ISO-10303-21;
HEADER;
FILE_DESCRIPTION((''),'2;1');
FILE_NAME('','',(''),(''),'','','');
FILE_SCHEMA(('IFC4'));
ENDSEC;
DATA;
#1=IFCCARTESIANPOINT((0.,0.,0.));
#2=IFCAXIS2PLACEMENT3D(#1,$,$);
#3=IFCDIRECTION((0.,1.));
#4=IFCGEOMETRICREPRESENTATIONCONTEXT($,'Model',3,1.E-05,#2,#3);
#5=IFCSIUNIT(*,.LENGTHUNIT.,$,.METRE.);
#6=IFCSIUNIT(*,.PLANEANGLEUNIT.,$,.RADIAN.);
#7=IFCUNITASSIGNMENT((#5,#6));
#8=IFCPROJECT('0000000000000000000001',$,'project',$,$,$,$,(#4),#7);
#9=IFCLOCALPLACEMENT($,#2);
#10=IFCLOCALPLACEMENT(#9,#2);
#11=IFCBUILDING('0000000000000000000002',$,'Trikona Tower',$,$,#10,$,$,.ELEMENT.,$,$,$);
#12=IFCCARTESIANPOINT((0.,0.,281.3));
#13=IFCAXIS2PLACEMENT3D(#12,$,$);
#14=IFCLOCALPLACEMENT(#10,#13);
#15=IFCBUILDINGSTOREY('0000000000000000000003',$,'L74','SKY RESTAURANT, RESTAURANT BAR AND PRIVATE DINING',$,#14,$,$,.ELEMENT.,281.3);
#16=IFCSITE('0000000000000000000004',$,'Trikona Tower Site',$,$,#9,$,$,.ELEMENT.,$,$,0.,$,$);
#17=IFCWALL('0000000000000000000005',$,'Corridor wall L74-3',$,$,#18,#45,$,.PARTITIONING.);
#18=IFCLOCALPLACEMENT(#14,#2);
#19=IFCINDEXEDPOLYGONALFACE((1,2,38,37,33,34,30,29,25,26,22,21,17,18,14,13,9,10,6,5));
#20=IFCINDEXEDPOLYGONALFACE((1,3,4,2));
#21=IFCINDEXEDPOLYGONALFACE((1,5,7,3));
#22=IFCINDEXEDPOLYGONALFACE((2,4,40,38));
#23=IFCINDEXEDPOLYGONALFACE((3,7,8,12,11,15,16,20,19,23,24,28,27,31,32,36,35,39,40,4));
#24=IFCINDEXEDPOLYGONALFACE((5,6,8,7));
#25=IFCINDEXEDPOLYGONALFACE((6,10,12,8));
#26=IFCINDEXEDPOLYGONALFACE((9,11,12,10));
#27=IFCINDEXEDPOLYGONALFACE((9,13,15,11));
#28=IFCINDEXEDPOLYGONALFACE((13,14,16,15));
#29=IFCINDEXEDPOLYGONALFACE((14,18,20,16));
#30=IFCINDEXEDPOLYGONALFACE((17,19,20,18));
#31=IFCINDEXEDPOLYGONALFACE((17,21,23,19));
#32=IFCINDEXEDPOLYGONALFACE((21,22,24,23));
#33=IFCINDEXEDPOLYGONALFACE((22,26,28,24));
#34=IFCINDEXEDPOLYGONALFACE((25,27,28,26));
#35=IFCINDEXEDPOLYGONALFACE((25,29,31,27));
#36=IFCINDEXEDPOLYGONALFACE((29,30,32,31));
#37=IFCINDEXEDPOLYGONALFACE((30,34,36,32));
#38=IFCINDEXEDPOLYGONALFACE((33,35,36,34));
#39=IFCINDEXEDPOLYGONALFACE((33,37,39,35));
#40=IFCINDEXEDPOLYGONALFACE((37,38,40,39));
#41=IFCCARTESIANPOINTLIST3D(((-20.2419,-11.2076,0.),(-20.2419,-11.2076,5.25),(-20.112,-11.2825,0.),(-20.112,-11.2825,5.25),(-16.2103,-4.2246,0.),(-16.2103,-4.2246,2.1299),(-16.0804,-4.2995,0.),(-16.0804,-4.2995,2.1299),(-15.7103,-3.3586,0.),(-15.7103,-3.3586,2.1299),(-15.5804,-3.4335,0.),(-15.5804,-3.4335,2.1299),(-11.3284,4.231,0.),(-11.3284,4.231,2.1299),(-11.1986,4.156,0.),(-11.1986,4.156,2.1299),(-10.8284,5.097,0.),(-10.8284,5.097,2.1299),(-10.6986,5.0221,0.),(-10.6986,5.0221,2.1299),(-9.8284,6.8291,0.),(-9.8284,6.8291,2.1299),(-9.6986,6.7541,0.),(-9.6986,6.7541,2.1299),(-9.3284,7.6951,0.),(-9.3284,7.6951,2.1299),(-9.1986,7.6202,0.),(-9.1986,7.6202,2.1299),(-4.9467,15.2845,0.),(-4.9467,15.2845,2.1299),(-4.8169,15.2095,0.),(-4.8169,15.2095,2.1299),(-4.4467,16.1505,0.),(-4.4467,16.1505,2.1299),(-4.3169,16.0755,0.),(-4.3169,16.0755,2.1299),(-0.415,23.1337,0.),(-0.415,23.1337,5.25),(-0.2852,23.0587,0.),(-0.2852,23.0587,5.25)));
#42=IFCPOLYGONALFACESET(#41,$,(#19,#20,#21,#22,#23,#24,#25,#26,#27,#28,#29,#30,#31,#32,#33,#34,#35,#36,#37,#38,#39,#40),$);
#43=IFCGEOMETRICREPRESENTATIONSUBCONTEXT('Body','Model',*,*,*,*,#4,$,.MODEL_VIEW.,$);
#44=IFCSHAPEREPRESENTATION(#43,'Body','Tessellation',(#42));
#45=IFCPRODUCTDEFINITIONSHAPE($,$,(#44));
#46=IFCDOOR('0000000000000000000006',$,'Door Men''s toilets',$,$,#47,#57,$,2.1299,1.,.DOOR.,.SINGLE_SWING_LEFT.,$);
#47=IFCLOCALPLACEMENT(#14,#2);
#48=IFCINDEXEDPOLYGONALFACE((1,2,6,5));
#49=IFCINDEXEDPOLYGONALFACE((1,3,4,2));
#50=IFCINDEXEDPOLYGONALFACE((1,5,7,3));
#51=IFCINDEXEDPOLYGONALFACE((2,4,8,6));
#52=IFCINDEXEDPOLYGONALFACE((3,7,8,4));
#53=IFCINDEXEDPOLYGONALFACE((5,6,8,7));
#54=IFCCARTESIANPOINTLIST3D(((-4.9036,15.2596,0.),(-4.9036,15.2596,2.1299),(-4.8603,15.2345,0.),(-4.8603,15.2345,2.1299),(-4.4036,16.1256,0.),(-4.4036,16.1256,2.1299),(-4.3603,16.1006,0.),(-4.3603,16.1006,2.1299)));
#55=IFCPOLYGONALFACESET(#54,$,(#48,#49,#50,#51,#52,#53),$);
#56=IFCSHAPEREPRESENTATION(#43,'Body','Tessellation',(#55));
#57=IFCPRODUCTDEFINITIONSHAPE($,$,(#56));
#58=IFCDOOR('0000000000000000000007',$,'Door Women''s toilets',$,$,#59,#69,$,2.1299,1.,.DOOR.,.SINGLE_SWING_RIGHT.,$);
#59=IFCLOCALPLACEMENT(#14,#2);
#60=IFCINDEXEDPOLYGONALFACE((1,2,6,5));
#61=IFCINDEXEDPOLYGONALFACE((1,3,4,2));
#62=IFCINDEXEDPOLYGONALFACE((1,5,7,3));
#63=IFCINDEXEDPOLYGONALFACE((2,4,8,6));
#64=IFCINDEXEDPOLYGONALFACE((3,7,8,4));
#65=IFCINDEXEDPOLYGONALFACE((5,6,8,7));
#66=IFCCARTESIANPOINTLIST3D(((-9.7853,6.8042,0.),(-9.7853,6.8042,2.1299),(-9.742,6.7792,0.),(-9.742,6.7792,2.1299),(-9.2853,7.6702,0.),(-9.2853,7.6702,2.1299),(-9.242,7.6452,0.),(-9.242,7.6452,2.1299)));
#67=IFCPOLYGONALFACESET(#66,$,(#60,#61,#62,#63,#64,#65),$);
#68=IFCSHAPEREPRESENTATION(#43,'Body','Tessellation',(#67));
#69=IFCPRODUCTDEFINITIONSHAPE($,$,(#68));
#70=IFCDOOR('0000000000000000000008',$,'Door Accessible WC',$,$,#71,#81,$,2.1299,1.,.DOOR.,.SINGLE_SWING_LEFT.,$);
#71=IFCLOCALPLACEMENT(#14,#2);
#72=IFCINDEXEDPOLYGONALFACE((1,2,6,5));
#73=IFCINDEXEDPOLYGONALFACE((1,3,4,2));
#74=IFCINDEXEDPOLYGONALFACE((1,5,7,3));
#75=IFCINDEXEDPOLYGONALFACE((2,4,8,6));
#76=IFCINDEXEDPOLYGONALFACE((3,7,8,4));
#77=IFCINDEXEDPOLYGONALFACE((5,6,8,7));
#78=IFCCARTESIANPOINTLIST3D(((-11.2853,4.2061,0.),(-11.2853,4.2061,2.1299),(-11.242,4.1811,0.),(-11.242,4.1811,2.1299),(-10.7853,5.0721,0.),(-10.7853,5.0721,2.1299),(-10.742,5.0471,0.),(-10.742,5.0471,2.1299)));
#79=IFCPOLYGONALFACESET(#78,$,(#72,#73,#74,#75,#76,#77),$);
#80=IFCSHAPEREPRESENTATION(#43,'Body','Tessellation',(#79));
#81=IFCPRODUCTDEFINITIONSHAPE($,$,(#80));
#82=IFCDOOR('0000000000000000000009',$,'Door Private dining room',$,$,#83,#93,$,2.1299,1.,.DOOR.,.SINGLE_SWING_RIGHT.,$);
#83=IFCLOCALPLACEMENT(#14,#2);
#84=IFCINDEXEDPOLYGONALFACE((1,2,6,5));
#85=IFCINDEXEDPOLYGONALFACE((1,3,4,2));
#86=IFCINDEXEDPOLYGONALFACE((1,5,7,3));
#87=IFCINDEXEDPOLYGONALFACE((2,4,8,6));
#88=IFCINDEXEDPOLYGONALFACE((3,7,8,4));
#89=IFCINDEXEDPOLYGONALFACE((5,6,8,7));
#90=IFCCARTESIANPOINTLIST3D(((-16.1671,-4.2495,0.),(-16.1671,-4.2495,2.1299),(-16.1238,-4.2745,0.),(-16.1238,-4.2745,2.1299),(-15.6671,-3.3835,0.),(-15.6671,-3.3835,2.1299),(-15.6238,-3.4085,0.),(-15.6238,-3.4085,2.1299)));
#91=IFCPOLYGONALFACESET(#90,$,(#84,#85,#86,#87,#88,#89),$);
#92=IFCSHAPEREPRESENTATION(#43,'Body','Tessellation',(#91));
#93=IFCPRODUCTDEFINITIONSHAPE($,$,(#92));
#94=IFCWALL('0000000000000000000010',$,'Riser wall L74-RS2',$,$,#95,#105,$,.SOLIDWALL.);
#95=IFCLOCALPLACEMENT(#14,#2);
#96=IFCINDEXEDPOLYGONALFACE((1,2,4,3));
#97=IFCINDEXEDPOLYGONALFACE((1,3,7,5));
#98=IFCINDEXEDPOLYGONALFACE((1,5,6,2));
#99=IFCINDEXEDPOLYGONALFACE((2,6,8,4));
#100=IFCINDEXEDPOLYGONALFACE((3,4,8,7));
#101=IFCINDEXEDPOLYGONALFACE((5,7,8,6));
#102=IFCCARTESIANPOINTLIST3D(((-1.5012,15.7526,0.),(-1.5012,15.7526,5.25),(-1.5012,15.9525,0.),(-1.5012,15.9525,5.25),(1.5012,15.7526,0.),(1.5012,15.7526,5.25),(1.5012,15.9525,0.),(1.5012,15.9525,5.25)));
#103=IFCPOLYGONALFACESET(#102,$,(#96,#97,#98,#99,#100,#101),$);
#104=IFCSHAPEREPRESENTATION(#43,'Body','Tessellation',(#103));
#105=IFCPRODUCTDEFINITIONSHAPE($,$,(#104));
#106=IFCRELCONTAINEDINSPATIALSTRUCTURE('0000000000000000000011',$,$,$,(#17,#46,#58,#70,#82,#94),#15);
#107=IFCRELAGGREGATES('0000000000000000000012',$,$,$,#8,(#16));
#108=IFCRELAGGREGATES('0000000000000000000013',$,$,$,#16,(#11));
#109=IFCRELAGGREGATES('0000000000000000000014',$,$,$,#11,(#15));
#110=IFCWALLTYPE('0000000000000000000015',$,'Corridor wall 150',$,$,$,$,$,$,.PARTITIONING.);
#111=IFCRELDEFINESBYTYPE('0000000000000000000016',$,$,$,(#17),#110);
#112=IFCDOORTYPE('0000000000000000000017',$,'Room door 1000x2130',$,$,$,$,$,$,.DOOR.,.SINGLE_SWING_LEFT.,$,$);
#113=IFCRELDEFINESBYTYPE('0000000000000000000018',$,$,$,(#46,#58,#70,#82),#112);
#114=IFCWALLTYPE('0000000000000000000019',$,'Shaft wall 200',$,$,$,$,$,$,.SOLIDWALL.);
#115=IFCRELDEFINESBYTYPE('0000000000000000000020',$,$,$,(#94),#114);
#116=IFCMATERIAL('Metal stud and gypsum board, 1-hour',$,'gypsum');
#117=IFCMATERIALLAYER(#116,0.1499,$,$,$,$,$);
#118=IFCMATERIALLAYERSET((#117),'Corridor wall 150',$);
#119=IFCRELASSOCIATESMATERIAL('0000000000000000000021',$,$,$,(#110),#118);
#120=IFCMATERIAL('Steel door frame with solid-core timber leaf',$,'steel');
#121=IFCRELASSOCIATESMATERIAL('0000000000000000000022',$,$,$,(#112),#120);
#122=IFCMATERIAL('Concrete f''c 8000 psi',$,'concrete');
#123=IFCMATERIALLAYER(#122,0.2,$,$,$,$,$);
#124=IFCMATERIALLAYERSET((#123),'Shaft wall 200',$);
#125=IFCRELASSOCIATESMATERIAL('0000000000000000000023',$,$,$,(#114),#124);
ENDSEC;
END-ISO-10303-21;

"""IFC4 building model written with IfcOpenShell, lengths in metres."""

from ifc_helpers import new_model, si_unit, direction, frame, frame_2d, origin, place, context, subcontext, project, spatial, rectangle, extrude, material, layer, layer_set, type_object, element, fill, save


model = new_model("IFC4")

# Units and contexts
model_context = context("Model", 3, precision=1e-05, world=origin(), true_north=direction((0.0, 1.0)))
body_context = subcontext(model_context, "Body", "Model", "MODEL_VIEW")
ifc_project = project(units=[si_unit("LENGTHUNIT", "METRE"), si_unit("PLANEANGLEUNIT", "RADIAN")], contexts=[model_context])

# Site, building, storey
site_placement = place(None, origin())
site = spatial("IfcSite", under=ifc_project, at=site_placement, Name="Trikona Tower Site", CompositionType="ELEMENT", RefElevation=0.0)
building_placement = place(site_placement, origin())
building = spatial("IfcBuilding", under=site, at=building_placement, Name="Trikona Tower", CompositionType="ELEMENT")
storey_placement = place(building_placement, frame((0.0, 0.0, 281.3)))
storey = spatial("IfcBuildingStorey", under=building, at=storey_placement, Name="L74", Description="SKY RESTAURANT, RESTAURANT BAR AND PRIVATE DINING", CompositionType="ELEMENT", Elevation=281.3)

# Wall, openings, doors
ifc_material_1 = material(Name="Metal stud and gypsum board, 1-hour", Category="gypsum")
ifc_layer_1 = layer(ifc_material_1, 0.1499)
ifc_layer_set_1 = layer_set([ifc_layer_1], Name="Corridor wall 150")
wall_type_1 = type_object("IfcWallType", Name="Corridor wall 150", PredefinedType="PARTITIONING", material=ifc_layer_set_1)
wall_1_placement = place(storey_placement, frame((-0.3501, 23.0962, 0.0), z_axis=(0.0, 0.0, 1.0), x_axis=(-0.499999, -0.866026, 0.0)))
wall_1 = element("IfcWall", 1, at=wall_1_placement, inside=storey, type_object=wall_type_1, Name="Corridor wall L74-3", PredefinedType="PARTITIONING", context=body_context, shape_type="SweptSolid", body=[
    extrude(rectangle(XDim=39.6538, YDim=0.1499, at=frame_2d((19.8269, 0.0))), origin(), (0.0, 0.0, 1.0), 5.25),
])
opening_1_placement = place(wall_1_placement, frame((8.0635, 0.0, 0.0)))
opening_1 = element("IfcOpeningElement", 2, at=opening_1_placement, cuts=wall_1, PredefinedType="OPENING", context=body_context, shape_type="SweptSolid", body=[
    extrude(rectangle(XDim=1.0, YDim=2.1299, at=frame_2d((0.5, 1.0649))), frame((0.0, 0.085, 0.0), z_axis=(0.0, -1.0, 0.0), x_axis=(1.0, 0.0, 0.0)), (0.0, 0.0, 1.0), 0.1699),
])
opening_2_placement = place(wall_1_placement, frame((17.8269, 0.0, 0.0)))
opening_2 = element("IfcOpeningElement", 3, at=opening_2_placement, cuts=wall_1, PredefinedType="OPENING", context=body_context, shape_type="SweptSolid", body=[
    extrude(rectangle(XDim=1.0, YDim=2.1299, at=frame_2d((0.5, 1.0649))), frame((0.0, 0.085, 0.0), z_axis=(0.0, -1.0, 0.0), x_axis=(1.0, 0.0, 0.0)), (0.0, 0.0, 1.0), 0.1699),
])
opening_3_placement = place(wall_1_placement, frame((20.8269, 0.0, 0.0)))
opening_3 = element("IfcOpeningElement", 4, at=opening_3_placement, cuts=wall_1, PredefinedType="OPENING", context=body_context, shape_type="SweptSolid", body=[
    extrude(rectangle(XDim=1.0, YDim=2.1299, at=frame_2d((0.5, 1.0649))), frame((0.0, 0.085, 0.0), z_axis=(0.0, -1.0, 0.0), x_axis=(1.0, 0.0, 0.0)), (0.0, 0.0, 1.0), 0.1699),
])
opening_4_placement = place(wall_1_placement, frame((30.5906, 0.0, 0.0)))
opening_4 = element("IfcOpeningElement", 5, at=opening_4_placement, cuts=wall_1, PredefinedType="OPENING", context=body_context, shape_type="SweptSolid", body=[
    extrude(rectangle(XDim=1.0, YDim=2.1299, at=frame_2d((0.5, 1.0649))), frame((0.0, 0.085, 0.0), z_axis=(0.0, -1.0, 0.0), x_axis=(1.0, 0.0, 0.0)), (0.0, 0.0, 1.0), 0.1699),
])
ifc_material_2 = material(Name="Steel door frame with solid-core timber leaf", Category="steel")
door_type_1 = type_object("IfcDoorType", Name="Room door 1000x2130", OperationType="SINGLE_SWING_LEFT", PredefinedType="DOOR", material=ifc_material_2)
door_1_placement = place(opening_1_placement, origin())
door_1 = element("IfcDoor", 6, at=door_1_placement, inside=storey, type_object=door_type_1, Name="Door Men's toilets", OperationType="SINGLE_SWING_LEFT", OverallHeight=2.1299, OverallWidth=1.0, PredefinedType="DOOR", context=body_context, shape_type="SweptSolid", body=[
    extrude(rectangle(XDim=1.0, YDim=2.1299, at=frame_2d((0.5, 1.0649))), frame((0.0, 0.0249, 0.0), z_axis=(0.0, -1.0, 0.0), x_axis=(1.0, 0.0, 0.0)), (0.0, 0.0, 1.0), 0.05),
])
fill(opening_1, door_1)
door_2_placement = place(opening_2_placement, origin())
door_2 = element("IfcDoor", 7, at=door_2_placement, inside=storey, type_object=door_type_1, Name="Door Women's toilets", OperationType="SINGLE_SWING_RIGHT", OverallHeight=2.1299, OverallWidth=1.0, PredefinedType="DOOR", context=body_context, shape_type="SweptSolid", body=[
    extrude(rectangle(XDim=1.0, YDim=2.1299, at=frame_2d((0.5, 1.0649))), frame((0.0, 0.0249, 0.0), z_axis=(0.0, -1.0, 0.0), x_axis=(1.0, 0.0, 0.0)), (0.0, 0.0, 1.0), 0.05),
])
fill(opening_2, door_2)
door_3_placement = place(opening_3_placement, origin())
door_3 = element("IfcDoor", 8, at=door_3_placement, inside=storey, type_object=door_type_1, Name="Door Accessible WC", OperationType="SINGLE_SWING_LEFT", OverallHeight=2.1299, OverallWidth=1.0, PredefinedType="DOOR", context=body_context, shape_type="SweptSolid", body=[
    extrude(rectangle(XDim=1.0, YDim=2.1299, at=frame_2d((0.5, 1.0649))), frame((0.0, 0.0249, 0.0), z_axis=(0.0, -1.0, 0.0), x_axis=(1.0, 0.0, 0.0)), (0.0, 0.0, 1.0), 0.05),
])
fill(opening_3, door_3)
door_4_placement = place(opening_4_placement, origin())
door_4 = element("IfcDoor", 9, at=door_4_placement, inside=storey, type_object=door_type_1, Name="Door Private dining room", OperationType="SINGLE_SWING_RIGHT", OverallHeight=2.1299, OverallWidth=1.0, PredefinedType="DOOR", context=body_context, shape_type="SweptSolid", body=[
    extrude(rectangle(XDim=1.0, YDim=2.1299, at=frame_2d((0.5, 1.0649))), frame((0.0, 0.0249, 0.0), z_axis=(0.0, -1.0, 0.0), x_axis=(1.0, 0.0, 0.0)), (0.0, 0.0, 1.0), 0.05),
])
fill(opening_4, door_4)

# Wall
ifc_material_3 = material(Name="Concrete f'c 8000 psi", Category="concrete")
ifc_layer_2 = layer(ifc_material_3, 0.2)
ifc_layer_set_2 = layer_set([ifc_layer_2], Name="Shaft wall 200")
wall_type_2 = type_object("IfcWallType", Name="Shaft wall 200", PredefinedType="SOLIDWALL", material=ifc_layer_set_2)
wall_2_placement = place(storey_placement, frame((-1.5012, 15.8525, 0.0), z_axis=(0.0, 0.0, 1.0), x_axis=(1.0, 0.0, 0.0)))
element("IfcWall", 10, at=wall_2_placement, inside=storey, type_object=wall_type_2, Name="Riser wall L74-RS2", PredefinedType="SOLIDWALL", context=body_context, shape_type="SweptSolid", body=[
    extrude(rectangle(XDim=3.0024, YDim=0.2, at=frame_2d((1.5012, 0.0))), origin(), (0.0, 0.0, 1.0), 5.25),
])

save(model, "model.ifc")
